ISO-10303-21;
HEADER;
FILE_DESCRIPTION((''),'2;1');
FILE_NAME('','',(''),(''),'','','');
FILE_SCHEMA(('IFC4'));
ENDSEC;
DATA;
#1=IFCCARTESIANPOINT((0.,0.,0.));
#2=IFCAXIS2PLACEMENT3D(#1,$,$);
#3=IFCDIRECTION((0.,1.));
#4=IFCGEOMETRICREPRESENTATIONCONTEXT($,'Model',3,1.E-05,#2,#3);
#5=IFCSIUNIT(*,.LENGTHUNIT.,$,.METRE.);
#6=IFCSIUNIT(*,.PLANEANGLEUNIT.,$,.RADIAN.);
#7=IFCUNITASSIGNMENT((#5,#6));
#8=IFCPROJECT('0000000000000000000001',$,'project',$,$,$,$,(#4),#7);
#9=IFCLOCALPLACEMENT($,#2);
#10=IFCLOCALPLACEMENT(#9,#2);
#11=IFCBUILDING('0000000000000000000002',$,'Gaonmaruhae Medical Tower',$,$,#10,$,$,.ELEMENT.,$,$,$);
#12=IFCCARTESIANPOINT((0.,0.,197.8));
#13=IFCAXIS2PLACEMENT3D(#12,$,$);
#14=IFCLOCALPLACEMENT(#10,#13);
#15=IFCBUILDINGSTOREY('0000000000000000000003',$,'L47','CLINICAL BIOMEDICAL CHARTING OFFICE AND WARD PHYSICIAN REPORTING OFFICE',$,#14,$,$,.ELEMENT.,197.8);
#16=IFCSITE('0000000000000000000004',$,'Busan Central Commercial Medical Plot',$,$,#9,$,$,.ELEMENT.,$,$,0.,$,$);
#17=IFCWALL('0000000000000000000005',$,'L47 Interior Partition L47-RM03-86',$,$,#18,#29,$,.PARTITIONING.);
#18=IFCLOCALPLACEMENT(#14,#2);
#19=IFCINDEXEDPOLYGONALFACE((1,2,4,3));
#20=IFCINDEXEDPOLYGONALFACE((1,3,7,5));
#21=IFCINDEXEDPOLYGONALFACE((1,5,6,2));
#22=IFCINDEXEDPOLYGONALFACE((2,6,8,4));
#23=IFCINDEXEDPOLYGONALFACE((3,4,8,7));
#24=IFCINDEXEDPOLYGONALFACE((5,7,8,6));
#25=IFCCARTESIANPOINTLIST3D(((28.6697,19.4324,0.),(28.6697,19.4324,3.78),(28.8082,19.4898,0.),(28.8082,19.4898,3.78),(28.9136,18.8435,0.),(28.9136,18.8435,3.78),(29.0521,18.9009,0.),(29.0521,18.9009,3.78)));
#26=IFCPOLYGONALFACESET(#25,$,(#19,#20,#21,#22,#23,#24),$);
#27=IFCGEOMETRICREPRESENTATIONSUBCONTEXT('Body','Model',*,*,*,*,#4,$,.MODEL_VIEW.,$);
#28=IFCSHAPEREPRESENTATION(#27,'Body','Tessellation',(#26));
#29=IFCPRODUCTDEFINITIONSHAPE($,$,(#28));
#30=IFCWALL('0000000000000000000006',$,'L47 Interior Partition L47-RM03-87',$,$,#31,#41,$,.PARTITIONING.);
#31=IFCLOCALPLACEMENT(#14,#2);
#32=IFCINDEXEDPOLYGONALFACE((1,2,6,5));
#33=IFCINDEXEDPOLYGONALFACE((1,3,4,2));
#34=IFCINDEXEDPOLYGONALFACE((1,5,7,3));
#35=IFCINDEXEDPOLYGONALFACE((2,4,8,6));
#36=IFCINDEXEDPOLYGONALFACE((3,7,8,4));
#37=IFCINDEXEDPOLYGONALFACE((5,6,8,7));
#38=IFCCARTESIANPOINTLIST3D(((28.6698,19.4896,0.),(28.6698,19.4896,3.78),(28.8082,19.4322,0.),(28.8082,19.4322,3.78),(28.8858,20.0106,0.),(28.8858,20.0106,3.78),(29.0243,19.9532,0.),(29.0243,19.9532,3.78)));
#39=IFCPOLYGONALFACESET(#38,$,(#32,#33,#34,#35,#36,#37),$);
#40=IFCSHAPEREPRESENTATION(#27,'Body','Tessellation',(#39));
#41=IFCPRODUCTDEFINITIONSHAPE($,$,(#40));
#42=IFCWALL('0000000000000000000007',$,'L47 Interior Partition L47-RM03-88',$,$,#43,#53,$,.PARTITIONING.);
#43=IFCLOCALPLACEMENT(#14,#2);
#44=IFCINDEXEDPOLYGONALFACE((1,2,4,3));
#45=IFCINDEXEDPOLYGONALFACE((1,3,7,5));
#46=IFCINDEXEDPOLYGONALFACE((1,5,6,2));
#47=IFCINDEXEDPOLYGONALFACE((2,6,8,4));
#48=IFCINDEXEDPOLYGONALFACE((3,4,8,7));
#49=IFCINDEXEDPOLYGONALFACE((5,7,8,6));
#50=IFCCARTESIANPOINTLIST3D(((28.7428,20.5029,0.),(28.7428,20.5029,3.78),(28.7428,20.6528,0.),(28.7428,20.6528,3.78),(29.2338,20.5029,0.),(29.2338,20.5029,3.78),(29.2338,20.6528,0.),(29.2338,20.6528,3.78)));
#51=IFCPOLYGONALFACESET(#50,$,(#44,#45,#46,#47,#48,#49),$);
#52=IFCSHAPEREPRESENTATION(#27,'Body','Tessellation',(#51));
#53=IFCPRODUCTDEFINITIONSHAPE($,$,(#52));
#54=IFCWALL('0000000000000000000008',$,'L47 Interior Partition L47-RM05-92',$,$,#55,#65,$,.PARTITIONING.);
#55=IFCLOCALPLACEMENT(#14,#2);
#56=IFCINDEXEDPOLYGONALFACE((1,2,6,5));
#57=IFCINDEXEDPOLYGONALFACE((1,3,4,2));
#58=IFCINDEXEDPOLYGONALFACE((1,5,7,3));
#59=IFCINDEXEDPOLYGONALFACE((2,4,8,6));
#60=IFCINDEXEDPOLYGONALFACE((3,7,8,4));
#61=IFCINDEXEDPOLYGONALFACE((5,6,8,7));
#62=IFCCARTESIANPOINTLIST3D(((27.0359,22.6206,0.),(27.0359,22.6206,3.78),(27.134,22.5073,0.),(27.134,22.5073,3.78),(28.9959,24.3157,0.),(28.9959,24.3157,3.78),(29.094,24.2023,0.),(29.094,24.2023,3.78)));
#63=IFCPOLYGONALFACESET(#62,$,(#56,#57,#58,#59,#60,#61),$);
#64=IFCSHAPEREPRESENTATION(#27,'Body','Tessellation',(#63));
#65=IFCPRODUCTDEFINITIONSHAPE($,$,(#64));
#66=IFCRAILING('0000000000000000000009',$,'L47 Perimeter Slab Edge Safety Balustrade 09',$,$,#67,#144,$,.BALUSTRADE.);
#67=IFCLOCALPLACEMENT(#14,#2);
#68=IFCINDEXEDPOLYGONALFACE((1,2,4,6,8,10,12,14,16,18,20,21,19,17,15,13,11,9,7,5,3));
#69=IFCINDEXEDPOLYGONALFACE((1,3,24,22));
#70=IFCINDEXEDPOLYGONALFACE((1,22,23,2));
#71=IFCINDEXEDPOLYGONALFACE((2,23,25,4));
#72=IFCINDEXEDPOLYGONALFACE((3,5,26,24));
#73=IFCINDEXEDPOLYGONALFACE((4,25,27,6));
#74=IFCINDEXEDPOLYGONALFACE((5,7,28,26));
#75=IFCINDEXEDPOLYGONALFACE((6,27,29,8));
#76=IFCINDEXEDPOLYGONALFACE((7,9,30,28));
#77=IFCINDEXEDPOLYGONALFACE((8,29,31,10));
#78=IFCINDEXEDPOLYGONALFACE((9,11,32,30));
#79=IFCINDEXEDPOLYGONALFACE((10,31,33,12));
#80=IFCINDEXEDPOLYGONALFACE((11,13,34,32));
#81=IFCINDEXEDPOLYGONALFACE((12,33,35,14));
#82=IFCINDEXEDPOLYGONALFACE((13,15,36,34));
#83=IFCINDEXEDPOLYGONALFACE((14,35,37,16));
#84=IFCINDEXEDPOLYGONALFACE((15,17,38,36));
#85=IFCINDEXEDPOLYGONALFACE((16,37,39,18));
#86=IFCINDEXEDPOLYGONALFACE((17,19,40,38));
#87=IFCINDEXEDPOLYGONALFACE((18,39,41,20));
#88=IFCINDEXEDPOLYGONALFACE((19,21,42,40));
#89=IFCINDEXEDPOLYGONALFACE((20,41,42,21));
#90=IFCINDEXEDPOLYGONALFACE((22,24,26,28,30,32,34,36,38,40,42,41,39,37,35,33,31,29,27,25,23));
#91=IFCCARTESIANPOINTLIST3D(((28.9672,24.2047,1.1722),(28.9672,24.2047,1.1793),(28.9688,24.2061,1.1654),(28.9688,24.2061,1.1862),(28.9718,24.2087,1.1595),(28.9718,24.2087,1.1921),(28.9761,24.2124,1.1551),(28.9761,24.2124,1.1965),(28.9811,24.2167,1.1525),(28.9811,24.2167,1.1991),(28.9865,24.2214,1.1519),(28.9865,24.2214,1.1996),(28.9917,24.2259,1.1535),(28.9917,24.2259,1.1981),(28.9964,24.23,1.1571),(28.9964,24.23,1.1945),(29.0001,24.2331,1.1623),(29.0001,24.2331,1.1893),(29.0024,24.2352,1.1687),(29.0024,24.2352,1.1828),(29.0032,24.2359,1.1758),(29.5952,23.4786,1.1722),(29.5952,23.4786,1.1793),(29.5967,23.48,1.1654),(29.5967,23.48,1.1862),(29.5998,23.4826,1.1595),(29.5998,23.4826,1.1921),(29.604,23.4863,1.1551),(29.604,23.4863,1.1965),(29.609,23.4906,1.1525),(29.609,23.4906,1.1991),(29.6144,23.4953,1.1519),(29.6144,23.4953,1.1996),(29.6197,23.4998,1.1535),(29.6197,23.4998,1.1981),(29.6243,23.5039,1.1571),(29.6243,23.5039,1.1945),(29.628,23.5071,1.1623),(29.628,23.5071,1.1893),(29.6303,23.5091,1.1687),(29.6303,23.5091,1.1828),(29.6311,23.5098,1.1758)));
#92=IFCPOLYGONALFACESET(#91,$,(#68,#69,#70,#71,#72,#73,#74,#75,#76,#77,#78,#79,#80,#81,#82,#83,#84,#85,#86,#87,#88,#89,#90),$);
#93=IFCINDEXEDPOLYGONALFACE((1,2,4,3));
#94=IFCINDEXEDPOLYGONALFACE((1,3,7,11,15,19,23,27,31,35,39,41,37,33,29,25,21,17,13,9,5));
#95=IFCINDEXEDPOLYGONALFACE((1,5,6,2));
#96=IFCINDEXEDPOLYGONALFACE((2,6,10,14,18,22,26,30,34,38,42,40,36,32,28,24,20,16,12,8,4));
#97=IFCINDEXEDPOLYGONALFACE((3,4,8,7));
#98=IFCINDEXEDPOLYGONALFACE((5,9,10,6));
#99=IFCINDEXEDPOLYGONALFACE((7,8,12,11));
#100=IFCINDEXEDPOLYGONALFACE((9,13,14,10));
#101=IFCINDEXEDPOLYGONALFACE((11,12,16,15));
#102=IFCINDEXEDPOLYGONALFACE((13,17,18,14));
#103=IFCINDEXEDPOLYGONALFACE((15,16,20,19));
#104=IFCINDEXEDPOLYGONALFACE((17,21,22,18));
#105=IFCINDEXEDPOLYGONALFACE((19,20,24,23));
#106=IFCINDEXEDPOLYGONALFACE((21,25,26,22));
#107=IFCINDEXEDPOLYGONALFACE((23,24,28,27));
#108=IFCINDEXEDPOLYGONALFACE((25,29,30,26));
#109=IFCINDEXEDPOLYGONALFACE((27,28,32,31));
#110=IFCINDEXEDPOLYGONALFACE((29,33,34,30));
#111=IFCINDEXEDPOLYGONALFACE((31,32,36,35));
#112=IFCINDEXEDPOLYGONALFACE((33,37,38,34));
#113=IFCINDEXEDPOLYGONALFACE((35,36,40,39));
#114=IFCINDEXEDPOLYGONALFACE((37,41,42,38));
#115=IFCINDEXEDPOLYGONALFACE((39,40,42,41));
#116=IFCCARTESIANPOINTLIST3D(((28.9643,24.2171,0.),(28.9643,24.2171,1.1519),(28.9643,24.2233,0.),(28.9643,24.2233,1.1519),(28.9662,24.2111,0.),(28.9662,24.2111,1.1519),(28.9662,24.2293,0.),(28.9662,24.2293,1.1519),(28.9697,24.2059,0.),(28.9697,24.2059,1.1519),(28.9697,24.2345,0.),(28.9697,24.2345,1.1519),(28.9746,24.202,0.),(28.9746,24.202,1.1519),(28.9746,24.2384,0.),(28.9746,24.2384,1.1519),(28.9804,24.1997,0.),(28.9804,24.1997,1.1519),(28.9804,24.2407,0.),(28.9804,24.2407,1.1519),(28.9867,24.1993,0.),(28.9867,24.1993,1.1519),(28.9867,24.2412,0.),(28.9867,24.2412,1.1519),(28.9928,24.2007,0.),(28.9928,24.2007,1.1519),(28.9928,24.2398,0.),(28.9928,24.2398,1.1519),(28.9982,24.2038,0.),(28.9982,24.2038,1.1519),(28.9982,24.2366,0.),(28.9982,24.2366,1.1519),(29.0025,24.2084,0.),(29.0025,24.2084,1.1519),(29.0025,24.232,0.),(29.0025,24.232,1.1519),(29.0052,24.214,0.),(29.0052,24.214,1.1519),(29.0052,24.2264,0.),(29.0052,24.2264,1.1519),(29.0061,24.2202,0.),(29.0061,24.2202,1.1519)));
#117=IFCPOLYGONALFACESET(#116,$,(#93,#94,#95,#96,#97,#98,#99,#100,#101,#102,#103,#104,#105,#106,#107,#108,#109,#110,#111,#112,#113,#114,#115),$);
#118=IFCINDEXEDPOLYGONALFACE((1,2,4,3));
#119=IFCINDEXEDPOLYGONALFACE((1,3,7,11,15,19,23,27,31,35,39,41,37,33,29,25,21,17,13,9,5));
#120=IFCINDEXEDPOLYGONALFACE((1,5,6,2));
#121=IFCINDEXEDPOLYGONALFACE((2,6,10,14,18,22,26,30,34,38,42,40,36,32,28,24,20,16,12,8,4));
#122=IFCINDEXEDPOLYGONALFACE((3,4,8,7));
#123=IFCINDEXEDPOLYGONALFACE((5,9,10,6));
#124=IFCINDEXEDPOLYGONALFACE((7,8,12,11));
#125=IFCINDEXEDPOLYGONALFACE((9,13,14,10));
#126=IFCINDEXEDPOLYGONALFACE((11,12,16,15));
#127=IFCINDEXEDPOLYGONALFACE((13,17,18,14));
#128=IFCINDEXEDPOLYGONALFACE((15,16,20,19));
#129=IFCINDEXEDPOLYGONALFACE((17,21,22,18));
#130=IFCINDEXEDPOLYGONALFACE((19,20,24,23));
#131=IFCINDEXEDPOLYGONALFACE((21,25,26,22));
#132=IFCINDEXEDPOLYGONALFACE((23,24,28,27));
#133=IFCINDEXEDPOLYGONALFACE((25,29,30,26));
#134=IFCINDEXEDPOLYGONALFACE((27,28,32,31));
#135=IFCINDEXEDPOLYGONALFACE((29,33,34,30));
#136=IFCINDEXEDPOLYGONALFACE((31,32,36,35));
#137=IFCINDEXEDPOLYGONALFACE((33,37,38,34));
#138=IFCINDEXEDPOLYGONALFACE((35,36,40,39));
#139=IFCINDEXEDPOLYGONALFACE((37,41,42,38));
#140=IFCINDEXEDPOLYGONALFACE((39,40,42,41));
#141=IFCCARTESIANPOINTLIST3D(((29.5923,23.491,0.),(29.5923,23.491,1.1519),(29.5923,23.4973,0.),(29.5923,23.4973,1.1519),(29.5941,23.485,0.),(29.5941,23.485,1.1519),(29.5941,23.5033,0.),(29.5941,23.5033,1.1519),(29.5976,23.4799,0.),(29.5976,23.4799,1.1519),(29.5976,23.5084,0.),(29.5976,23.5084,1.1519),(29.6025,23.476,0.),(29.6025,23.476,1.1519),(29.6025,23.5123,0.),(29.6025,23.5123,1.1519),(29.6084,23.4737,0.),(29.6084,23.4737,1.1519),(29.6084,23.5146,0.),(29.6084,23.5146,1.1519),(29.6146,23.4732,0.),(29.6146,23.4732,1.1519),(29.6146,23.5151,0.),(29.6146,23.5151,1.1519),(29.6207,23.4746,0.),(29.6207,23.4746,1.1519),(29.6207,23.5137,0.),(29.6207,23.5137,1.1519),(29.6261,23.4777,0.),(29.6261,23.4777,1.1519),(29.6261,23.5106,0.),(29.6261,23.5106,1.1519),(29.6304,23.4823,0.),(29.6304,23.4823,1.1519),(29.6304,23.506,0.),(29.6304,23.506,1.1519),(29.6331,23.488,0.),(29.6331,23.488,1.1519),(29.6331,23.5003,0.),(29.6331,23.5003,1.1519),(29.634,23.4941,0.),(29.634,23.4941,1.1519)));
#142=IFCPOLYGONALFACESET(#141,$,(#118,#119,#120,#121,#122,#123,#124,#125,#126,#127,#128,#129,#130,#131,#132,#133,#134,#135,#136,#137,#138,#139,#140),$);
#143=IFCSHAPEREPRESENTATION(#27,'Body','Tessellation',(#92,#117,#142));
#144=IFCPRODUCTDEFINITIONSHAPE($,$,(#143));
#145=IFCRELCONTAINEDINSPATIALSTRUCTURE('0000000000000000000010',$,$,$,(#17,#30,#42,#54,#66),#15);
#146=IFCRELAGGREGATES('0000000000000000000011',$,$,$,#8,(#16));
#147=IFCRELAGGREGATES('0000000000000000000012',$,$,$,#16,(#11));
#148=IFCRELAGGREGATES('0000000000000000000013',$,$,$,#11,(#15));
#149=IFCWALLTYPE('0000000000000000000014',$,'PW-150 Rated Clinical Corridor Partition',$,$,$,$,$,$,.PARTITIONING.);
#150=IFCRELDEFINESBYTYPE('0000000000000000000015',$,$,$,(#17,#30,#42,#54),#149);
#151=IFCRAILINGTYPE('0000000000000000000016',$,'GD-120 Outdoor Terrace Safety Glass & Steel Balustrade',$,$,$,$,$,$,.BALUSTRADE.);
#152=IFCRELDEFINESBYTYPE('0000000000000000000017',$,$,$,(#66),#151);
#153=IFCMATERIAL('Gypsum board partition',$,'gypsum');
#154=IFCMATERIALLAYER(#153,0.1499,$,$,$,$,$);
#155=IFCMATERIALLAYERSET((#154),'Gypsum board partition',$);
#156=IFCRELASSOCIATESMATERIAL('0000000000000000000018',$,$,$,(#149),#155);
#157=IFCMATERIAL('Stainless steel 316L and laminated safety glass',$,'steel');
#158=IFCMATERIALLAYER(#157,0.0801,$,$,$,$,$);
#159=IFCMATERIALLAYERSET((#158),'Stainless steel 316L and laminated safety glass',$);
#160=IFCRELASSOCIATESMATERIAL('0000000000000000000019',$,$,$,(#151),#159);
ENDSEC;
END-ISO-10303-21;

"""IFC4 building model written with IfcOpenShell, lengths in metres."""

from ifc_helpers import new_model, si_unit, direction, frame, frame_2d, origin, origin_2d, place, context, subcontext, project, spatial, rectangle, circle, extrude, material, layer, layer_set, type_object, element, save


model = new_model("IFC4")

# Units and contexts
model_context = context("Model", 3, precision=1e-05, world=origin(), true_north=direction((0.0, 1.0)))
body_context = subcontext(model_context, "Body", "Model", "MODEL_VIEW")
ifc_project = project(units=[si_unit("LENGTHUNIT", "METRE"), si_unit("PLANEANGLEUNIT", "RADIAN")], contexts=[model_context])

# Site, building, storey
site_placement = place(None, origin())
site = spatial("IfcSite", under=ifc_project, at=site_placement, Name="Busan Central Commercial Medical Plot", CompositionType="ELEMENT", RefElevation=0.0)
building_placement = place(site_placement, origin())
building = spatial("IfcBuilding", under=site, at=building_placement, Name="Gaonmaruhae Medical Tower", CompositionType="ELEMENT")
storey_placement = place(building_placement, frame((0.0, 0.0, 197.8)))
storey = spatial("IfcBuildingStorey", under=building, at=storey_placement, Name="L47", Description="CLINICAL BIOMEDICAL CHARTING OFFICE AND WARD PHYSICIAN REPORTING OFFICE", CompositionType="ELEMENT", Elevation=197.8)

# Walls
ifc_material_1 = material(Name="Gypsum board partition", Category="gypsum")
ifc_layer_1 = layer(ifc_material_1, 0.1499)
ifc_layer_set_1 = layer_set([ifc_layer_1], Name="Gypsum board partition")
wall_type_1 = type_object("IfcWallType", Name="PW-150 Rated Clinical Corridor Partition", PredefinedType="PARTITIONING", material=ifc_layer_set_1)
wall_1_placement = place(storey_placement, frame((28.9829, 18.8721, 0.0), z_axis=(0.0, 0.0, 1.0), x_axis=(-0.382656, 0.923891, 0.0)))
element("IfcWall", 1, at=wall_1_placement, inside=storey, type_object=wall_type_1, Name="L47 Interior Partition L47-RM03-86", PredefinedType="PARTITIONING", context=body_context, shape_type="SweptSolid", body=[
    extrude(rectangle(XDim=0.6375, YDim=0.1499, at=frame_2d((0.3188, 0.0))), origin(), (0.0, 0.0, 1.0), 3.78),
])
wall_2_placement = place(storey_placement, frame((28.739, 19.4609, 0.0), z_axis=(0.0, 0.0, 1.0), x_axis=(0.383078, 0.923716, 0.0)))
element("IfcWall", 2, at=wall_2_placement, inside=storey, type_object=wall_type_1, Name="L47 Interior Partition L47-RM03-87", PredefinedType="PARTITIONING", context=body_context, shape_type="SweptSolid", body=[
    extrude(rectangle(XDim=0.564, YDim=0.1499, at=frame_2d((0.282, 0.0))), origin(), (0.0, 0.0, 1.0), 3.78),
])
wall_3_placement = place(storey_placement, frame((29.2339, 20.5779, 0.0), z_axis=(0.0, 0.0, 1.0), x_axis=(-1.0, 0.0, 0.0)))
element("IfcWall", 3, at=wall_3_placement, inside=storey, type_object=wall_type_1, Name="L47 Interior Partition L47-RM03-88", PredefinedType="PARTITIONING", context=body_context, shape_type="SweptSolid", body=[
    extrude(rectangle(XDim=0.491, YDim=0.1499, at=frame_2d((0.2456, 0.0))), origin(), (0.0, 0.0, 1.0), 3.78),
])
wall_4_placement = place(storey_placement, frame((29.0449, 24.259, 0.0), z_axis=(0.0, 0.0, 1.0), x_axis=(-0.756369, -0.654145, 0.0)))
element("IfcWall", 4, at=wall_4_placement, inside=storey, type_object=wall_type_1, Name="L47 Interior Partition L47-RM05-92", PredefinedType="PARTITIONING", context=body_context, shape_type="SweptSolid", body=[
    extrude(rectangle(XDim=2.5913, YDim=0.1499, at=frame_2d((1.2957, 0.0))), origin(), (0.0, 0.0, 1.0), 3.78),
])

# Railing
ifc_material_2 = material(Name="Stainless steel 316L and laminated safety glass", Category="steel")
ifc_layer_2 = layer(ifc_material_2, 0.0801)
ifc_layer_set_2 = layer_set([ifc_layer_2], Name="Stainless steel 316L and laminated safety glass")
railing_type = type_object("IfcRailingType", Name="GD-120 Outdoor Terrace Safety Glass & Steel Balustrade", PredefinedType="BALUSTRADE", material=ifc_layer_set_2)
railing_1_placement = place(storey_placement, frame((28.9851, 24.2202, 0.0)))
element("IfcRailing", 5, at=railing_1_placement, inside=storey, type_object=railing_type, Name="L47 Perimeter Slab Edge Safety Balustrade 09", PredefinedType="BALUSTRADE", context=body_context, shape_type="SweptSolid", body=[
    extrude(circle(Radius=0.0239, at=origin_2d()), frame((0.0, 0.0, 1.1758), z_axis=(0.654136, -0.756377, 0.0), x_axis=(0.756377, 0.654136, 0.0)), (0.0, 0.0, 1.0), 0.96),
    extrude(circle(Radius=0.021, at=origin_2d()), origin(), (0.0, 0.0, 1.0), 1.1519),
    extrude(circle(Radius=0.021, at=origin_2d()), frame((0.6279, -0.7261, 0.0)), (0.0, 0.0, 1.0), 1.1519),
])

save(model, "model.ifc")
